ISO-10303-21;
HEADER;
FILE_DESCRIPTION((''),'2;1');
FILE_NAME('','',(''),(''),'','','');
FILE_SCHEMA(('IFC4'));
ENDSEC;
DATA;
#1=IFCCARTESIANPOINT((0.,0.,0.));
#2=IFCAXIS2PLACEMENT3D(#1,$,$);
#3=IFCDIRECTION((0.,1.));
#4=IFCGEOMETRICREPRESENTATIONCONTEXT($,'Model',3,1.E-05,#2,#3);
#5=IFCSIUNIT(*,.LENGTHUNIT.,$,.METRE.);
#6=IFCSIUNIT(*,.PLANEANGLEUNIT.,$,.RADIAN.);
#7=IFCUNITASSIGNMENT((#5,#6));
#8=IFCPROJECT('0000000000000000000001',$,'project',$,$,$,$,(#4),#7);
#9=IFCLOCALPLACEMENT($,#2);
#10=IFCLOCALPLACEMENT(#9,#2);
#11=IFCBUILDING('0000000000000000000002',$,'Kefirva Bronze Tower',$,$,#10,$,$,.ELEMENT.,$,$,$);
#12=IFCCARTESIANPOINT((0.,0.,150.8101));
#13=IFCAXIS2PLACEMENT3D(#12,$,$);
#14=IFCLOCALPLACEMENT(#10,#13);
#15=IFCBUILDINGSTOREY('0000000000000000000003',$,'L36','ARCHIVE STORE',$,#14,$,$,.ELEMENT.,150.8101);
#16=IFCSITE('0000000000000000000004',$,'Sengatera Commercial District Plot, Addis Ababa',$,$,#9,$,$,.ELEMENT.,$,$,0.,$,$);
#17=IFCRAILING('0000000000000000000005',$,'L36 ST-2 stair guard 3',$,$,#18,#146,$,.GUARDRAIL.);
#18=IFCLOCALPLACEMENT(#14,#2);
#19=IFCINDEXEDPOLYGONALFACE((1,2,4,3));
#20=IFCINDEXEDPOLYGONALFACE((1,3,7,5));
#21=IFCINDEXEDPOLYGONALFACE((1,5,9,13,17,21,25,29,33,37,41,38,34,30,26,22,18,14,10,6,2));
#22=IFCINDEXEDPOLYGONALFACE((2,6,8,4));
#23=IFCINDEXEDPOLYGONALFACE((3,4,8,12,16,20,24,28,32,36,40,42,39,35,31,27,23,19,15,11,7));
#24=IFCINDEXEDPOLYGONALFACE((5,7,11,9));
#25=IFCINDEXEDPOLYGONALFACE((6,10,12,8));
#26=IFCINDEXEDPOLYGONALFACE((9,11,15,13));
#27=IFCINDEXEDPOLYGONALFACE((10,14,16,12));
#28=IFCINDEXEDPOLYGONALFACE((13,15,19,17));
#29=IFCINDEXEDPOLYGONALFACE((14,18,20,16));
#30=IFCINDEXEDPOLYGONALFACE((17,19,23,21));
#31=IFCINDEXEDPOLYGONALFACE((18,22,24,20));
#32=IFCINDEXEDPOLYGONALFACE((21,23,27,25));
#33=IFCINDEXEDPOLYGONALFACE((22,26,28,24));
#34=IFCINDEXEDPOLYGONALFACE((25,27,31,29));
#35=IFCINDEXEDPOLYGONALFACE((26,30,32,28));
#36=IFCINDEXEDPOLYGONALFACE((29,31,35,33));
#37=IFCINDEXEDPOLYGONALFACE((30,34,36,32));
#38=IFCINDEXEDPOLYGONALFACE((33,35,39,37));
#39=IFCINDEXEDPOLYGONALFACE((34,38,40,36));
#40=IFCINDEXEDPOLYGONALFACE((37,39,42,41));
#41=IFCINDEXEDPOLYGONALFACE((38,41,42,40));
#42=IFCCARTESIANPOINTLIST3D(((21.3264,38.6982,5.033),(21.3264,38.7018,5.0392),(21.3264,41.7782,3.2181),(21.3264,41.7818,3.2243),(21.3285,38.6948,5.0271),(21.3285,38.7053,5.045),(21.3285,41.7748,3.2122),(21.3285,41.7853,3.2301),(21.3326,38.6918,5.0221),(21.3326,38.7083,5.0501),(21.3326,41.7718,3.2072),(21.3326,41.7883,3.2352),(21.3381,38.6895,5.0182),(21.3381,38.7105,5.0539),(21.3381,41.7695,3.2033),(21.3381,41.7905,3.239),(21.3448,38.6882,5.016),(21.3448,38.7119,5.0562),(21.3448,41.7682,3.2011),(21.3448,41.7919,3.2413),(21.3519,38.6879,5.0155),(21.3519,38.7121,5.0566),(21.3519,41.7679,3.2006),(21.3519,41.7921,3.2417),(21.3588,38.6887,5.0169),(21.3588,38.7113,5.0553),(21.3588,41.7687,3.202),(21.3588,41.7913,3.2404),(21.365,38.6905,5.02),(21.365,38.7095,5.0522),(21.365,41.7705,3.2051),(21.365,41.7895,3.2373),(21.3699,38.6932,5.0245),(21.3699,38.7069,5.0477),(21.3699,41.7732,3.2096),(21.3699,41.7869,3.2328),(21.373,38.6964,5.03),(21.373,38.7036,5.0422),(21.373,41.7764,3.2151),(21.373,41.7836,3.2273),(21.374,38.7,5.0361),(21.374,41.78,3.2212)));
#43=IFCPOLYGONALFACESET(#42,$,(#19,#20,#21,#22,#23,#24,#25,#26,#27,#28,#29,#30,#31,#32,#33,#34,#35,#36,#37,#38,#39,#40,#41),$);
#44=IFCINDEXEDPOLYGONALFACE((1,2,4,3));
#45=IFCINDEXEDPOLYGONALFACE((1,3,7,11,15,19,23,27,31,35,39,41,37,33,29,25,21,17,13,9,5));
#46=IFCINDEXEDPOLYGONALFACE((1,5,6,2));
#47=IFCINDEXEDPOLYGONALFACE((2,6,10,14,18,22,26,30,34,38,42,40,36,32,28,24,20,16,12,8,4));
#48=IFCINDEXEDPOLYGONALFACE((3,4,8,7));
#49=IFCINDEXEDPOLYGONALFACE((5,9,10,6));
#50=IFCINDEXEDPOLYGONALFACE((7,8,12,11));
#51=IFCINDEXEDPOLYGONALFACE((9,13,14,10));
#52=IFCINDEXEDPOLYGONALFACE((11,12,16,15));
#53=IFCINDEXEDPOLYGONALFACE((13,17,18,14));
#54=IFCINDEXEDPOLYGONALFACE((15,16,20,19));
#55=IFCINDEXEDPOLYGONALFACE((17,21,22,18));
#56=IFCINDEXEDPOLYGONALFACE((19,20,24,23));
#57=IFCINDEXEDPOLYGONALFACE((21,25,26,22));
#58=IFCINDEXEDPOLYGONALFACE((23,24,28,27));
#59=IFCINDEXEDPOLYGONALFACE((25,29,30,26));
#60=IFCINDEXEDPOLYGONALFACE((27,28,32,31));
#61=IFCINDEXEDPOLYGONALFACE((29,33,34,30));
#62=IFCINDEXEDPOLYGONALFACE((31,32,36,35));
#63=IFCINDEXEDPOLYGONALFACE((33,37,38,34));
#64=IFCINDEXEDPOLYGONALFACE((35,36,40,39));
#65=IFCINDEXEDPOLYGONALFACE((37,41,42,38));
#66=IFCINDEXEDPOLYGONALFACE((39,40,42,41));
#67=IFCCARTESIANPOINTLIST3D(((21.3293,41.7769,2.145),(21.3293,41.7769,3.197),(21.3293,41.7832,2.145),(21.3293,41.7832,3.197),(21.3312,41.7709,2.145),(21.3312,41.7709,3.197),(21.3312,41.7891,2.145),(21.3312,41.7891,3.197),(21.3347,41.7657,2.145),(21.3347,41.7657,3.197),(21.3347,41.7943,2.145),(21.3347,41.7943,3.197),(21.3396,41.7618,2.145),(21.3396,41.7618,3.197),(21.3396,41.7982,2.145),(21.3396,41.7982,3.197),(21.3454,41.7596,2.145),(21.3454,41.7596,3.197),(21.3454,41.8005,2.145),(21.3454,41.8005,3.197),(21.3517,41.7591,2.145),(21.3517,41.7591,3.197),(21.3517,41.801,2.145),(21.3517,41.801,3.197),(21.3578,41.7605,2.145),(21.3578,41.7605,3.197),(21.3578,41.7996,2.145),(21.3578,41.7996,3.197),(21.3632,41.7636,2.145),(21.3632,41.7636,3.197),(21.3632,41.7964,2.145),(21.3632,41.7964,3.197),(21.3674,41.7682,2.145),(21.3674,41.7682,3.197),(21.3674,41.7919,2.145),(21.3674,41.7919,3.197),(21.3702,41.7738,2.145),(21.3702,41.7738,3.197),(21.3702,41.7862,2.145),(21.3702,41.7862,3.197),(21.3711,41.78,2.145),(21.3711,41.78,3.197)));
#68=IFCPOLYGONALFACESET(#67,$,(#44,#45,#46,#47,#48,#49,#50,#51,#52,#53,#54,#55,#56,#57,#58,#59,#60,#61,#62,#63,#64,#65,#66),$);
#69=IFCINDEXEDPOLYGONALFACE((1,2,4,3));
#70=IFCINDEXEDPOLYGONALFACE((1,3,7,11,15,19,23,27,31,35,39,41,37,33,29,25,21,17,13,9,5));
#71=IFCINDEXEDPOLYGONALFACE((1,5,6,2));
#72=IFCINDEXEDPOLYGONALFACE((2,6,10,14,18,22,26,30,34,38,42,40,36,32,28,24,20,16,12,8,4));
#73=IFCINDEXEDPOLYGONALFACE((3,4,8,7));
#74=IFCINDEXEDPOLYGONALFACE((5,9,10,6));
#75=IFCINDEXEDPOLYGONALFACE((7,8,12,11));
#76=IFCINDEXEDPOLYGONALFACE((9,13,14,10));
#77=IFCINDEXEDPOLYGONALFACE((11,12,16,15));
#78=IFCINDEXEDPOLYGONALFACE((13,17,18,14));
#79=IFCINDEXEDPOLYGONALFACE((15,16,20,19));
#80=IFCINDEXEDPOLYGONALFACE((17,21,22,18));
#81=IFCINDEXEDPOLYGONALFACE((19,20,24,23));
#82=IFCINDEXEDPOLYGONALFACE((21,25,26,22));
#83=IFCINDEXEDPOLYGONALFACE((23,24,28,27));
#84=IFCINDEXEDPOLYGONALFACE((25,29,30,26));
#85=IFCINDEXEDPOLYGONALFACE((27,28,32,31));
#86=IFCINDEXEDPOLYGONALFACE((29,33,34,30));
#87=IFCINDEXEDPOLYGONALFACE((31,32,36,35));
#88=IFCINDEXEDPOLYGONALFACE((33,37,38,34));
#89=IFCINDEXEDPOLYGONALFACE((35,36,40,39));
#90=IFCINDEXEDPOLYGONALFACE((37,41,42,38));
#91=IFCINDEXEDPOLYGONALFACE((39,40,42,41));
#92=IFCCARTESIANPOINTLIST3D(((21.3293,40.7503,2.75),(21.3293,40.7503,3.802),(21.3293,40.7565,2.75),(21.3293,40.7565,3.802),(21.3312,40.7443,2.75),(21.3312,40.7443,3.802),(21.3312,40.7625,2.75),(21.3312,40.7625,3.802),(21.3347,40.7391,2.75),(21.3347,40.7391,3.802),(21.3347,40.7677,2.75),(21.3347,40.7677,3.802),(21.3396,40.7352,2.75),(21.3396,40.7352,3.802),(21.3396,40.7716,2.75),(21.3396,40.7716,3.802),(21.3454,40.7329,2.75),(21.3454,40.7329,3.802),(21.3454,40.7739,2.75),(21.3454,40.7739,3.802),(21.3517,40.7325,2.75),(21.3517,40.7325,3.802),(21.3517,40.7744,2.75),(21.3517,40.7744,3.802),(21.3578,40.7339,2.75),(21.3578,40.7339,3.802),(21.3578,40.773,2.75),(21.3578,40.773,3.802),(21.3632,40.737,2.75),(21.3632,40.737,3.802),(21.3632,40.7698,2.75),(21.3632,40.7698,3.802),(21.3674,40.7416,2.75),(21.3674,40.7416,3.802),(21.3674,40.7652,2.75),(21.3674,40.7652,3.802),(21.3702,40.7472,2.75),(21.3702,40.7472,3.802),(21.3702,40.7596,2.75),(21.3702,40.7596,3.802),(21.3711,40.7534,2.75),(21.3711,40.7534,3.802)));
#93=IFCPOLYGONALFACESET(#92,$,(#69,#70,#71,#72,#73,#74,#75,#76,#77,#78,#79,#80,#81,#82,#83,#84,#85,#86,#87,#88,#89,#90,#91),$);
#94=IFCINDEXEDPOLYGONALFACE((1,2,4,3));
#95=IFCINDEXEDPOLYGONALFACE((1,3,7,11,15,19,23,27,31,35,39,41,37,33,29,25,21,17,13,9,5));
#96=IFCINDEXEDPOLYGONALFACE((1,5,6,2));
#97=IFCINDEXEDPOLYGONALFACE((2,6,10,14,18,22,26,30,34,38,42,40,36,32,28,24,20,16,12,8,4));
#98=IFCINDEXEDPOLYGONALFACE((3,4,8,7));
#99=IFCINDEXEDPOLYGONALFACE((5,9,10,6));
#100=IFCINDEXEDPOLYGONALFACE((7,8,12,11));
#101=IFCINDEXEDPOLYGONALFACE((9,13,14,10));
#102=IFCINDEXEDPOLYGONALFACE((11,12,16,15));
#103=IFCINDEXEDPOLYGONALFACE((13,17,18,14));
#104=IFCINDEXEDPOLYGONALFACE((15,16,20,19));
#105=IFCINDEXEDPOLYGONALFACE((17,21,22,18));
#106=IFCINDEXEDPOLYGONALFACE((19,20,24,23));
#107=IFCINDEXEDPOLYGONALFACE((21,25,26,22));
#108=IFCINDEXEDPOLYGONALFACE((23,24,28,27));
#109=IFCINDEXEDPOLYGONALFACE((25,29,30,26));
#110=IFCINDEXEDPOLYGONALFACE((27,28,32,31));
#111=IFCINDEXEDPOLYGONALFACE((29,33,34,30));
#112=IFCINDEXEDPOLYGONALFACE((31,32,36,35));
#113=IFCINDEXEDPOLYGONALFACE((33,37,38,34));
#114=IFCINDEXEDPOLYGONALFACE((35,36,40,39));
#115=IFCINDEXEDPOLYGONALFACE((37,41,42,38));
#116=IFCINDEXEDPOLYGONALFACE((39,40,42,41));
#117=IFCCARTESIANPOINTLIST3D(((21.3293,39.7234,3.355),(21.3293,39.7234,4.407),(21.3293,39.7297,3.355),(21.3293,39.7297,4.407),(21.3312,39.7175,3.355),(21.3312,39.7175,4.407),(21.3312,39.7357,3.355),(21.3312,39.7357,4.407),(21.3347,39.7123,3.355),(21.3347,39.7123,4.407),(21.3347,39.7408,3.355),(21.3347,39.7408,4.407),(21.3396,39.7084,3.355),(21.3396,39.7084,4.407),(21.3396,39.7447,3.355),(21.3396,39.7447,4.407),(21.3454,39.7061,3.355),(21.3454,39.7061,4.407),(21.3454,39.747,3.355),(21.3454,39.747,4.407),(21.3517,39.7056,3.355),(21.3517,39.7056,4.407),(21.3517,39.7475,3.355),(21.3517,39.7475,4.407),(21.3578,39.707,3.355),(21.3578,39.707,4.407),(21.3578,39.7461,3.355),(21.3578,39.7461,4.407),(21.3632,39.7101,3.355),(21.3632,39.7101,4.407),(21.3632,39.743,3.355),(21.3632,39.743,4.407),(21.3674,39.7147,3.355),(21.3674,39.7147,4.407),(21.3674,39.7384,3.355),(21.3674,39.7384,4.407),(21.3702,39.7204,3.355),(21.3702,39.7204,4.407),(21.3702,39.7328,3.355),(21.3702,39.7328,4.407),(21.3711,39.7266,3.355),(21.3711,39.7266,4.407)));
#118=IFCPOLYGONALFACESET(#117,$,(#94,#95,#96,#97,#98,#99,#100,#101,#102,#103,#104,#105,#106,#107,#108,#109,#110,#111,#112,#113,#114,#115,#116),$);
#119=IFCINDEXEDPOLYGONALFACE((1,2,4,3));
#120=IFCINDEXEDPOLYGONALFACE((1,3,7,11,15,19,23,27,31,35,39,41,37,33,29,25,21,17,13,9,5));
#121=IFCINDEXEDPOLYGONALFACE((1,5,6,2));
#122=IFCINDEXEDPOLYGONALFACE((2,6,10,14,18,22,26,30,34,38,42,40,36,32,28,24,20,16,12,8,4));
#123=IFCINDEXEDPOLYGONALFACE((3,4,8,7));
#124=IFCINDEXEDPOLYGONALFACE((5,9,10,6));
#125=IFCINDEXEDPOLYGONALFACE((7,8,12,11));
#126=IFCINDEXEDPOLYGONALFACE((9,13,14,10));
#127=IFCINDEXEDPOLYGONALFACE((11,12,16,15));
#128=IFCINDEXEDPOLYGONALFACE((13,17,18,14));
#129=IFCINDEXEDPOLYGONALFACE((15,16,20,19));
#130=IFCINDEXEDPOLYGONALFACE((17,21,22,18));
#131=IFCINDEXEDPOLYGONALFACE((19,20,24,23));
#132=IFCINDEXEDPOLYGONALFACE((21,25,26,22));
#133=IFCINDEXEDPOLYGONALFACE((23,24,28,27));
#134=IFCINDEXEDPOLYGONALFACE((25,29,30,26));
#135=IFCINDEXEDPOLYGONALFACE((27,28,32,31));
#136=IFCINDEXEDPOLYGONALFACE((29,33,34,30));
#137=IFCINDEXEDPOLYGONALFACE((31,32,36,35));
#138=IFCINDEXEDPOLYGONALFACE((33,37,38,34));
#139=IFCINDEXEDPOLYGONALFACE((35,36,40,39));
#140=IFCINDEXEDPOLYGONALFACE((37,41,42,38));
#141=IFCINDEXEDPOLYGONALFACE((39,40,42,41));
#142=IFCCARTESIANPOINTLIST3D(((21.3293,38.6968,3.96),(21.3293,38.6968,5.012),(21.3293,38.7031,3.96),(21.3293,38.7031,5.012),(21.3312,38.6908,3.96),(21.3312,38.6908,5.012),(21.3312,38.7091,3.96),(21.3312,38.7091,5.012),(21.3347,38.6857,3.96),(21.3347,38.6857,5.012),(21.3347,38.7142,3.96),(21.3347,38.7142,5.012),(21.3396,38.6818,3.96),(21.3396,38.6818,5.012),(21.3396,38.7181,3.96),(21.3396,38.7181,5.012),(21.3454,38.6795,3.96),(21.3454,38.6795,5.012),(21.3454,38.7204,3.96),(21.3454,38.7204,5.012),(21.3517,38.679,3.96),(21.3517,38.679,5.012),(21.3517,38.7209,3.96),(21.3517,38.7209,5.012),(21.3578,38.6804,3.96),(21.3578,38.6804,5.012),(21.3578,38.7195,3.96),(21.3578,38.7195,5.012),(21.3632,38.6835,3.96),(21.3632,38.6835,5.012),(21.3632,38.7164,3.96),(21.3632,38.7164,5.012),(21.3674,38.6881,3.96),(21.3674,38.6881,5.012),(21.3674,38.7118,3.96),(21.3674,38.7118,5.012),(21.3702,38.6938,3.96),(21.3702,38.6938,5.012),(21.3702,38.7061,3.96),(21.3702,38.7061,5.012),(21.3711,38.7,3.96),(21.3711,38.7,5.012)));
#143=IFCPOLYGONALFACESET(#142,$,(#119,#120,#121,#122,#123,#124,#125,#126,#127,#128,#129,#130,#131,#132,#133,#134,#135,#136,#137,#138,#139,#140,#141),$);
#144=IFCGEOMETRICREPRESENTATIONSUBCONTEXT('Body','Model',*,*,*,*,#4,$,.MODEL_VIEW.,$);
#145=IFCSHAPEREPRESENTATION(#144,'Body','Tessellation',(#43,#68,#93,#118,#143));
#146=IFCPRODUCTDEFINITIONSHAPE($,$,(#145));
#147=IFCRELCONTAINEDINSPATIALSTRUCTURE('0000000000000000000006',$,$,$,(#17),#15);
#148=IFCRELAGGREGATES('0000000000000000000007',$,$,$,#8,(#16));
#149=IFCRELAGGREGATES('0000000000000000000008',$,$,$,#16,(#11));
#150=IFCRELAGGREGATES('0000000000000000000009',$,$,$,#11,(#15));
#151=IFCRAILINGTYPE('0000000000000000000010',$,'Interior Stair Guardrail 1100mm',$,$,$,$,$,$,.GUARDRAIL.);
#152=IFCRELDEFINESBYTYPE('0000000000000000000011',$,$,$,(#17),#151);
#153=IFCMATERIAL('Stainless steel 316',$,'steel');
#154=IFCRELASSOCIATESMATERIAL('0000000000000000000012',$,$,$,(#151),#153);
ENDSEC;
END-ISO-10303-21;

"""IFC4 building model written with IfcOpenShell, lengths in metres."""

from ifc_helpers import new_model, si_unit, direction, frame, origin, origin_2d, place, context, subcontext, project, spatial, circle, extrude, material, type_object, element, save


model = new_model("IFC4")

# Units and contexts
model_context = context("Model", 3, precision=1e-05, world=origin(), true_north=direction((0.0, 1.0)))
body_context = subcontext(model_context, "Body", "Model", "MODEL_VIEW")
ifc_project = project(units=[si_unit("LENGTHUNIT", "METRE"), si_unit("PLANEANGLEUNIT", "RADIAN")], contexts=[model_context])

# Site, building, storey
site_placement = place(None, origin())
site = spatial("IfcSite", under=ifc_project, at=site_placement, Name="Sengatera Commercial District Plot, Addis Ababa", CompositionType="ELEMENT", RefElevation=0.0)
building_placement = place(site_placement, origin())
building = spatial("IfcBuilding", under=site, at=building_placement, Name="Kefirva Bronze Tower", CompositionType="ELEMENT")
storey_placement = place(building_placement, frame((0.0, 0.0, 150.8101)))
storey = spatial("IfcBuildingStorey", under=building, at=storey_placement, Name="L36", Description="ARCHIVE STORE", CompositionType="ELEMENT", Elevation=150.8101)

# Railing
ifc_material_1 = material(Name="Stainless steel 316", Category="steel")
railing_type_1 = type_object("IfcRailingType", Name="Interior Stair Guardrail 1100mm", PredefinedType="GUARDRAIL", material=ifc_material_1)
railing_1_placement = place(storey_placement, frame((21.3501, 41.78, 2.145)))
element("IfcRailing", 1, at=railing_1_placement, inside=storey, type_object=railing_type_1, Name="L36 ST-2 stair guard 3", PredefinedType="GUARDRAIL", context=body_context, shape_type="SweptSolid", body=[
    extrude(circle(Radius=0.0239, at=origin_2d()), frame((0.0, 0.0, 1.0762), z_axis=(0.0, -0.861551, 0.507671), x_axis=(1.0, 0.0, 0.0)), (0.0, 0.0, 1.0), 3.575),
    extrude(circle(Radius=0.021, at=origin_2d()), origin(), (0.0, 0.0, 1.0), 1.052),
    extrude(circle(Radius=0.021, at=origin_2d()), frame((0.0, -1.0266, 0.605)), (0.0, 0.0, 1.0), 1.052),
    extrude(circle(Radius=0.021, at=origin_2d()), frame((0.0, -2.0535, 1.21)), (0.0, 0.0, 1.0), 1.052),
    extrude(circle(Radius=0.021, at=origin_2d()), frame((0.0, -3.0801, 1.8149)), (0.0, 0.0, 1.0), 1.052),
])

save(model, "model.ifc")
